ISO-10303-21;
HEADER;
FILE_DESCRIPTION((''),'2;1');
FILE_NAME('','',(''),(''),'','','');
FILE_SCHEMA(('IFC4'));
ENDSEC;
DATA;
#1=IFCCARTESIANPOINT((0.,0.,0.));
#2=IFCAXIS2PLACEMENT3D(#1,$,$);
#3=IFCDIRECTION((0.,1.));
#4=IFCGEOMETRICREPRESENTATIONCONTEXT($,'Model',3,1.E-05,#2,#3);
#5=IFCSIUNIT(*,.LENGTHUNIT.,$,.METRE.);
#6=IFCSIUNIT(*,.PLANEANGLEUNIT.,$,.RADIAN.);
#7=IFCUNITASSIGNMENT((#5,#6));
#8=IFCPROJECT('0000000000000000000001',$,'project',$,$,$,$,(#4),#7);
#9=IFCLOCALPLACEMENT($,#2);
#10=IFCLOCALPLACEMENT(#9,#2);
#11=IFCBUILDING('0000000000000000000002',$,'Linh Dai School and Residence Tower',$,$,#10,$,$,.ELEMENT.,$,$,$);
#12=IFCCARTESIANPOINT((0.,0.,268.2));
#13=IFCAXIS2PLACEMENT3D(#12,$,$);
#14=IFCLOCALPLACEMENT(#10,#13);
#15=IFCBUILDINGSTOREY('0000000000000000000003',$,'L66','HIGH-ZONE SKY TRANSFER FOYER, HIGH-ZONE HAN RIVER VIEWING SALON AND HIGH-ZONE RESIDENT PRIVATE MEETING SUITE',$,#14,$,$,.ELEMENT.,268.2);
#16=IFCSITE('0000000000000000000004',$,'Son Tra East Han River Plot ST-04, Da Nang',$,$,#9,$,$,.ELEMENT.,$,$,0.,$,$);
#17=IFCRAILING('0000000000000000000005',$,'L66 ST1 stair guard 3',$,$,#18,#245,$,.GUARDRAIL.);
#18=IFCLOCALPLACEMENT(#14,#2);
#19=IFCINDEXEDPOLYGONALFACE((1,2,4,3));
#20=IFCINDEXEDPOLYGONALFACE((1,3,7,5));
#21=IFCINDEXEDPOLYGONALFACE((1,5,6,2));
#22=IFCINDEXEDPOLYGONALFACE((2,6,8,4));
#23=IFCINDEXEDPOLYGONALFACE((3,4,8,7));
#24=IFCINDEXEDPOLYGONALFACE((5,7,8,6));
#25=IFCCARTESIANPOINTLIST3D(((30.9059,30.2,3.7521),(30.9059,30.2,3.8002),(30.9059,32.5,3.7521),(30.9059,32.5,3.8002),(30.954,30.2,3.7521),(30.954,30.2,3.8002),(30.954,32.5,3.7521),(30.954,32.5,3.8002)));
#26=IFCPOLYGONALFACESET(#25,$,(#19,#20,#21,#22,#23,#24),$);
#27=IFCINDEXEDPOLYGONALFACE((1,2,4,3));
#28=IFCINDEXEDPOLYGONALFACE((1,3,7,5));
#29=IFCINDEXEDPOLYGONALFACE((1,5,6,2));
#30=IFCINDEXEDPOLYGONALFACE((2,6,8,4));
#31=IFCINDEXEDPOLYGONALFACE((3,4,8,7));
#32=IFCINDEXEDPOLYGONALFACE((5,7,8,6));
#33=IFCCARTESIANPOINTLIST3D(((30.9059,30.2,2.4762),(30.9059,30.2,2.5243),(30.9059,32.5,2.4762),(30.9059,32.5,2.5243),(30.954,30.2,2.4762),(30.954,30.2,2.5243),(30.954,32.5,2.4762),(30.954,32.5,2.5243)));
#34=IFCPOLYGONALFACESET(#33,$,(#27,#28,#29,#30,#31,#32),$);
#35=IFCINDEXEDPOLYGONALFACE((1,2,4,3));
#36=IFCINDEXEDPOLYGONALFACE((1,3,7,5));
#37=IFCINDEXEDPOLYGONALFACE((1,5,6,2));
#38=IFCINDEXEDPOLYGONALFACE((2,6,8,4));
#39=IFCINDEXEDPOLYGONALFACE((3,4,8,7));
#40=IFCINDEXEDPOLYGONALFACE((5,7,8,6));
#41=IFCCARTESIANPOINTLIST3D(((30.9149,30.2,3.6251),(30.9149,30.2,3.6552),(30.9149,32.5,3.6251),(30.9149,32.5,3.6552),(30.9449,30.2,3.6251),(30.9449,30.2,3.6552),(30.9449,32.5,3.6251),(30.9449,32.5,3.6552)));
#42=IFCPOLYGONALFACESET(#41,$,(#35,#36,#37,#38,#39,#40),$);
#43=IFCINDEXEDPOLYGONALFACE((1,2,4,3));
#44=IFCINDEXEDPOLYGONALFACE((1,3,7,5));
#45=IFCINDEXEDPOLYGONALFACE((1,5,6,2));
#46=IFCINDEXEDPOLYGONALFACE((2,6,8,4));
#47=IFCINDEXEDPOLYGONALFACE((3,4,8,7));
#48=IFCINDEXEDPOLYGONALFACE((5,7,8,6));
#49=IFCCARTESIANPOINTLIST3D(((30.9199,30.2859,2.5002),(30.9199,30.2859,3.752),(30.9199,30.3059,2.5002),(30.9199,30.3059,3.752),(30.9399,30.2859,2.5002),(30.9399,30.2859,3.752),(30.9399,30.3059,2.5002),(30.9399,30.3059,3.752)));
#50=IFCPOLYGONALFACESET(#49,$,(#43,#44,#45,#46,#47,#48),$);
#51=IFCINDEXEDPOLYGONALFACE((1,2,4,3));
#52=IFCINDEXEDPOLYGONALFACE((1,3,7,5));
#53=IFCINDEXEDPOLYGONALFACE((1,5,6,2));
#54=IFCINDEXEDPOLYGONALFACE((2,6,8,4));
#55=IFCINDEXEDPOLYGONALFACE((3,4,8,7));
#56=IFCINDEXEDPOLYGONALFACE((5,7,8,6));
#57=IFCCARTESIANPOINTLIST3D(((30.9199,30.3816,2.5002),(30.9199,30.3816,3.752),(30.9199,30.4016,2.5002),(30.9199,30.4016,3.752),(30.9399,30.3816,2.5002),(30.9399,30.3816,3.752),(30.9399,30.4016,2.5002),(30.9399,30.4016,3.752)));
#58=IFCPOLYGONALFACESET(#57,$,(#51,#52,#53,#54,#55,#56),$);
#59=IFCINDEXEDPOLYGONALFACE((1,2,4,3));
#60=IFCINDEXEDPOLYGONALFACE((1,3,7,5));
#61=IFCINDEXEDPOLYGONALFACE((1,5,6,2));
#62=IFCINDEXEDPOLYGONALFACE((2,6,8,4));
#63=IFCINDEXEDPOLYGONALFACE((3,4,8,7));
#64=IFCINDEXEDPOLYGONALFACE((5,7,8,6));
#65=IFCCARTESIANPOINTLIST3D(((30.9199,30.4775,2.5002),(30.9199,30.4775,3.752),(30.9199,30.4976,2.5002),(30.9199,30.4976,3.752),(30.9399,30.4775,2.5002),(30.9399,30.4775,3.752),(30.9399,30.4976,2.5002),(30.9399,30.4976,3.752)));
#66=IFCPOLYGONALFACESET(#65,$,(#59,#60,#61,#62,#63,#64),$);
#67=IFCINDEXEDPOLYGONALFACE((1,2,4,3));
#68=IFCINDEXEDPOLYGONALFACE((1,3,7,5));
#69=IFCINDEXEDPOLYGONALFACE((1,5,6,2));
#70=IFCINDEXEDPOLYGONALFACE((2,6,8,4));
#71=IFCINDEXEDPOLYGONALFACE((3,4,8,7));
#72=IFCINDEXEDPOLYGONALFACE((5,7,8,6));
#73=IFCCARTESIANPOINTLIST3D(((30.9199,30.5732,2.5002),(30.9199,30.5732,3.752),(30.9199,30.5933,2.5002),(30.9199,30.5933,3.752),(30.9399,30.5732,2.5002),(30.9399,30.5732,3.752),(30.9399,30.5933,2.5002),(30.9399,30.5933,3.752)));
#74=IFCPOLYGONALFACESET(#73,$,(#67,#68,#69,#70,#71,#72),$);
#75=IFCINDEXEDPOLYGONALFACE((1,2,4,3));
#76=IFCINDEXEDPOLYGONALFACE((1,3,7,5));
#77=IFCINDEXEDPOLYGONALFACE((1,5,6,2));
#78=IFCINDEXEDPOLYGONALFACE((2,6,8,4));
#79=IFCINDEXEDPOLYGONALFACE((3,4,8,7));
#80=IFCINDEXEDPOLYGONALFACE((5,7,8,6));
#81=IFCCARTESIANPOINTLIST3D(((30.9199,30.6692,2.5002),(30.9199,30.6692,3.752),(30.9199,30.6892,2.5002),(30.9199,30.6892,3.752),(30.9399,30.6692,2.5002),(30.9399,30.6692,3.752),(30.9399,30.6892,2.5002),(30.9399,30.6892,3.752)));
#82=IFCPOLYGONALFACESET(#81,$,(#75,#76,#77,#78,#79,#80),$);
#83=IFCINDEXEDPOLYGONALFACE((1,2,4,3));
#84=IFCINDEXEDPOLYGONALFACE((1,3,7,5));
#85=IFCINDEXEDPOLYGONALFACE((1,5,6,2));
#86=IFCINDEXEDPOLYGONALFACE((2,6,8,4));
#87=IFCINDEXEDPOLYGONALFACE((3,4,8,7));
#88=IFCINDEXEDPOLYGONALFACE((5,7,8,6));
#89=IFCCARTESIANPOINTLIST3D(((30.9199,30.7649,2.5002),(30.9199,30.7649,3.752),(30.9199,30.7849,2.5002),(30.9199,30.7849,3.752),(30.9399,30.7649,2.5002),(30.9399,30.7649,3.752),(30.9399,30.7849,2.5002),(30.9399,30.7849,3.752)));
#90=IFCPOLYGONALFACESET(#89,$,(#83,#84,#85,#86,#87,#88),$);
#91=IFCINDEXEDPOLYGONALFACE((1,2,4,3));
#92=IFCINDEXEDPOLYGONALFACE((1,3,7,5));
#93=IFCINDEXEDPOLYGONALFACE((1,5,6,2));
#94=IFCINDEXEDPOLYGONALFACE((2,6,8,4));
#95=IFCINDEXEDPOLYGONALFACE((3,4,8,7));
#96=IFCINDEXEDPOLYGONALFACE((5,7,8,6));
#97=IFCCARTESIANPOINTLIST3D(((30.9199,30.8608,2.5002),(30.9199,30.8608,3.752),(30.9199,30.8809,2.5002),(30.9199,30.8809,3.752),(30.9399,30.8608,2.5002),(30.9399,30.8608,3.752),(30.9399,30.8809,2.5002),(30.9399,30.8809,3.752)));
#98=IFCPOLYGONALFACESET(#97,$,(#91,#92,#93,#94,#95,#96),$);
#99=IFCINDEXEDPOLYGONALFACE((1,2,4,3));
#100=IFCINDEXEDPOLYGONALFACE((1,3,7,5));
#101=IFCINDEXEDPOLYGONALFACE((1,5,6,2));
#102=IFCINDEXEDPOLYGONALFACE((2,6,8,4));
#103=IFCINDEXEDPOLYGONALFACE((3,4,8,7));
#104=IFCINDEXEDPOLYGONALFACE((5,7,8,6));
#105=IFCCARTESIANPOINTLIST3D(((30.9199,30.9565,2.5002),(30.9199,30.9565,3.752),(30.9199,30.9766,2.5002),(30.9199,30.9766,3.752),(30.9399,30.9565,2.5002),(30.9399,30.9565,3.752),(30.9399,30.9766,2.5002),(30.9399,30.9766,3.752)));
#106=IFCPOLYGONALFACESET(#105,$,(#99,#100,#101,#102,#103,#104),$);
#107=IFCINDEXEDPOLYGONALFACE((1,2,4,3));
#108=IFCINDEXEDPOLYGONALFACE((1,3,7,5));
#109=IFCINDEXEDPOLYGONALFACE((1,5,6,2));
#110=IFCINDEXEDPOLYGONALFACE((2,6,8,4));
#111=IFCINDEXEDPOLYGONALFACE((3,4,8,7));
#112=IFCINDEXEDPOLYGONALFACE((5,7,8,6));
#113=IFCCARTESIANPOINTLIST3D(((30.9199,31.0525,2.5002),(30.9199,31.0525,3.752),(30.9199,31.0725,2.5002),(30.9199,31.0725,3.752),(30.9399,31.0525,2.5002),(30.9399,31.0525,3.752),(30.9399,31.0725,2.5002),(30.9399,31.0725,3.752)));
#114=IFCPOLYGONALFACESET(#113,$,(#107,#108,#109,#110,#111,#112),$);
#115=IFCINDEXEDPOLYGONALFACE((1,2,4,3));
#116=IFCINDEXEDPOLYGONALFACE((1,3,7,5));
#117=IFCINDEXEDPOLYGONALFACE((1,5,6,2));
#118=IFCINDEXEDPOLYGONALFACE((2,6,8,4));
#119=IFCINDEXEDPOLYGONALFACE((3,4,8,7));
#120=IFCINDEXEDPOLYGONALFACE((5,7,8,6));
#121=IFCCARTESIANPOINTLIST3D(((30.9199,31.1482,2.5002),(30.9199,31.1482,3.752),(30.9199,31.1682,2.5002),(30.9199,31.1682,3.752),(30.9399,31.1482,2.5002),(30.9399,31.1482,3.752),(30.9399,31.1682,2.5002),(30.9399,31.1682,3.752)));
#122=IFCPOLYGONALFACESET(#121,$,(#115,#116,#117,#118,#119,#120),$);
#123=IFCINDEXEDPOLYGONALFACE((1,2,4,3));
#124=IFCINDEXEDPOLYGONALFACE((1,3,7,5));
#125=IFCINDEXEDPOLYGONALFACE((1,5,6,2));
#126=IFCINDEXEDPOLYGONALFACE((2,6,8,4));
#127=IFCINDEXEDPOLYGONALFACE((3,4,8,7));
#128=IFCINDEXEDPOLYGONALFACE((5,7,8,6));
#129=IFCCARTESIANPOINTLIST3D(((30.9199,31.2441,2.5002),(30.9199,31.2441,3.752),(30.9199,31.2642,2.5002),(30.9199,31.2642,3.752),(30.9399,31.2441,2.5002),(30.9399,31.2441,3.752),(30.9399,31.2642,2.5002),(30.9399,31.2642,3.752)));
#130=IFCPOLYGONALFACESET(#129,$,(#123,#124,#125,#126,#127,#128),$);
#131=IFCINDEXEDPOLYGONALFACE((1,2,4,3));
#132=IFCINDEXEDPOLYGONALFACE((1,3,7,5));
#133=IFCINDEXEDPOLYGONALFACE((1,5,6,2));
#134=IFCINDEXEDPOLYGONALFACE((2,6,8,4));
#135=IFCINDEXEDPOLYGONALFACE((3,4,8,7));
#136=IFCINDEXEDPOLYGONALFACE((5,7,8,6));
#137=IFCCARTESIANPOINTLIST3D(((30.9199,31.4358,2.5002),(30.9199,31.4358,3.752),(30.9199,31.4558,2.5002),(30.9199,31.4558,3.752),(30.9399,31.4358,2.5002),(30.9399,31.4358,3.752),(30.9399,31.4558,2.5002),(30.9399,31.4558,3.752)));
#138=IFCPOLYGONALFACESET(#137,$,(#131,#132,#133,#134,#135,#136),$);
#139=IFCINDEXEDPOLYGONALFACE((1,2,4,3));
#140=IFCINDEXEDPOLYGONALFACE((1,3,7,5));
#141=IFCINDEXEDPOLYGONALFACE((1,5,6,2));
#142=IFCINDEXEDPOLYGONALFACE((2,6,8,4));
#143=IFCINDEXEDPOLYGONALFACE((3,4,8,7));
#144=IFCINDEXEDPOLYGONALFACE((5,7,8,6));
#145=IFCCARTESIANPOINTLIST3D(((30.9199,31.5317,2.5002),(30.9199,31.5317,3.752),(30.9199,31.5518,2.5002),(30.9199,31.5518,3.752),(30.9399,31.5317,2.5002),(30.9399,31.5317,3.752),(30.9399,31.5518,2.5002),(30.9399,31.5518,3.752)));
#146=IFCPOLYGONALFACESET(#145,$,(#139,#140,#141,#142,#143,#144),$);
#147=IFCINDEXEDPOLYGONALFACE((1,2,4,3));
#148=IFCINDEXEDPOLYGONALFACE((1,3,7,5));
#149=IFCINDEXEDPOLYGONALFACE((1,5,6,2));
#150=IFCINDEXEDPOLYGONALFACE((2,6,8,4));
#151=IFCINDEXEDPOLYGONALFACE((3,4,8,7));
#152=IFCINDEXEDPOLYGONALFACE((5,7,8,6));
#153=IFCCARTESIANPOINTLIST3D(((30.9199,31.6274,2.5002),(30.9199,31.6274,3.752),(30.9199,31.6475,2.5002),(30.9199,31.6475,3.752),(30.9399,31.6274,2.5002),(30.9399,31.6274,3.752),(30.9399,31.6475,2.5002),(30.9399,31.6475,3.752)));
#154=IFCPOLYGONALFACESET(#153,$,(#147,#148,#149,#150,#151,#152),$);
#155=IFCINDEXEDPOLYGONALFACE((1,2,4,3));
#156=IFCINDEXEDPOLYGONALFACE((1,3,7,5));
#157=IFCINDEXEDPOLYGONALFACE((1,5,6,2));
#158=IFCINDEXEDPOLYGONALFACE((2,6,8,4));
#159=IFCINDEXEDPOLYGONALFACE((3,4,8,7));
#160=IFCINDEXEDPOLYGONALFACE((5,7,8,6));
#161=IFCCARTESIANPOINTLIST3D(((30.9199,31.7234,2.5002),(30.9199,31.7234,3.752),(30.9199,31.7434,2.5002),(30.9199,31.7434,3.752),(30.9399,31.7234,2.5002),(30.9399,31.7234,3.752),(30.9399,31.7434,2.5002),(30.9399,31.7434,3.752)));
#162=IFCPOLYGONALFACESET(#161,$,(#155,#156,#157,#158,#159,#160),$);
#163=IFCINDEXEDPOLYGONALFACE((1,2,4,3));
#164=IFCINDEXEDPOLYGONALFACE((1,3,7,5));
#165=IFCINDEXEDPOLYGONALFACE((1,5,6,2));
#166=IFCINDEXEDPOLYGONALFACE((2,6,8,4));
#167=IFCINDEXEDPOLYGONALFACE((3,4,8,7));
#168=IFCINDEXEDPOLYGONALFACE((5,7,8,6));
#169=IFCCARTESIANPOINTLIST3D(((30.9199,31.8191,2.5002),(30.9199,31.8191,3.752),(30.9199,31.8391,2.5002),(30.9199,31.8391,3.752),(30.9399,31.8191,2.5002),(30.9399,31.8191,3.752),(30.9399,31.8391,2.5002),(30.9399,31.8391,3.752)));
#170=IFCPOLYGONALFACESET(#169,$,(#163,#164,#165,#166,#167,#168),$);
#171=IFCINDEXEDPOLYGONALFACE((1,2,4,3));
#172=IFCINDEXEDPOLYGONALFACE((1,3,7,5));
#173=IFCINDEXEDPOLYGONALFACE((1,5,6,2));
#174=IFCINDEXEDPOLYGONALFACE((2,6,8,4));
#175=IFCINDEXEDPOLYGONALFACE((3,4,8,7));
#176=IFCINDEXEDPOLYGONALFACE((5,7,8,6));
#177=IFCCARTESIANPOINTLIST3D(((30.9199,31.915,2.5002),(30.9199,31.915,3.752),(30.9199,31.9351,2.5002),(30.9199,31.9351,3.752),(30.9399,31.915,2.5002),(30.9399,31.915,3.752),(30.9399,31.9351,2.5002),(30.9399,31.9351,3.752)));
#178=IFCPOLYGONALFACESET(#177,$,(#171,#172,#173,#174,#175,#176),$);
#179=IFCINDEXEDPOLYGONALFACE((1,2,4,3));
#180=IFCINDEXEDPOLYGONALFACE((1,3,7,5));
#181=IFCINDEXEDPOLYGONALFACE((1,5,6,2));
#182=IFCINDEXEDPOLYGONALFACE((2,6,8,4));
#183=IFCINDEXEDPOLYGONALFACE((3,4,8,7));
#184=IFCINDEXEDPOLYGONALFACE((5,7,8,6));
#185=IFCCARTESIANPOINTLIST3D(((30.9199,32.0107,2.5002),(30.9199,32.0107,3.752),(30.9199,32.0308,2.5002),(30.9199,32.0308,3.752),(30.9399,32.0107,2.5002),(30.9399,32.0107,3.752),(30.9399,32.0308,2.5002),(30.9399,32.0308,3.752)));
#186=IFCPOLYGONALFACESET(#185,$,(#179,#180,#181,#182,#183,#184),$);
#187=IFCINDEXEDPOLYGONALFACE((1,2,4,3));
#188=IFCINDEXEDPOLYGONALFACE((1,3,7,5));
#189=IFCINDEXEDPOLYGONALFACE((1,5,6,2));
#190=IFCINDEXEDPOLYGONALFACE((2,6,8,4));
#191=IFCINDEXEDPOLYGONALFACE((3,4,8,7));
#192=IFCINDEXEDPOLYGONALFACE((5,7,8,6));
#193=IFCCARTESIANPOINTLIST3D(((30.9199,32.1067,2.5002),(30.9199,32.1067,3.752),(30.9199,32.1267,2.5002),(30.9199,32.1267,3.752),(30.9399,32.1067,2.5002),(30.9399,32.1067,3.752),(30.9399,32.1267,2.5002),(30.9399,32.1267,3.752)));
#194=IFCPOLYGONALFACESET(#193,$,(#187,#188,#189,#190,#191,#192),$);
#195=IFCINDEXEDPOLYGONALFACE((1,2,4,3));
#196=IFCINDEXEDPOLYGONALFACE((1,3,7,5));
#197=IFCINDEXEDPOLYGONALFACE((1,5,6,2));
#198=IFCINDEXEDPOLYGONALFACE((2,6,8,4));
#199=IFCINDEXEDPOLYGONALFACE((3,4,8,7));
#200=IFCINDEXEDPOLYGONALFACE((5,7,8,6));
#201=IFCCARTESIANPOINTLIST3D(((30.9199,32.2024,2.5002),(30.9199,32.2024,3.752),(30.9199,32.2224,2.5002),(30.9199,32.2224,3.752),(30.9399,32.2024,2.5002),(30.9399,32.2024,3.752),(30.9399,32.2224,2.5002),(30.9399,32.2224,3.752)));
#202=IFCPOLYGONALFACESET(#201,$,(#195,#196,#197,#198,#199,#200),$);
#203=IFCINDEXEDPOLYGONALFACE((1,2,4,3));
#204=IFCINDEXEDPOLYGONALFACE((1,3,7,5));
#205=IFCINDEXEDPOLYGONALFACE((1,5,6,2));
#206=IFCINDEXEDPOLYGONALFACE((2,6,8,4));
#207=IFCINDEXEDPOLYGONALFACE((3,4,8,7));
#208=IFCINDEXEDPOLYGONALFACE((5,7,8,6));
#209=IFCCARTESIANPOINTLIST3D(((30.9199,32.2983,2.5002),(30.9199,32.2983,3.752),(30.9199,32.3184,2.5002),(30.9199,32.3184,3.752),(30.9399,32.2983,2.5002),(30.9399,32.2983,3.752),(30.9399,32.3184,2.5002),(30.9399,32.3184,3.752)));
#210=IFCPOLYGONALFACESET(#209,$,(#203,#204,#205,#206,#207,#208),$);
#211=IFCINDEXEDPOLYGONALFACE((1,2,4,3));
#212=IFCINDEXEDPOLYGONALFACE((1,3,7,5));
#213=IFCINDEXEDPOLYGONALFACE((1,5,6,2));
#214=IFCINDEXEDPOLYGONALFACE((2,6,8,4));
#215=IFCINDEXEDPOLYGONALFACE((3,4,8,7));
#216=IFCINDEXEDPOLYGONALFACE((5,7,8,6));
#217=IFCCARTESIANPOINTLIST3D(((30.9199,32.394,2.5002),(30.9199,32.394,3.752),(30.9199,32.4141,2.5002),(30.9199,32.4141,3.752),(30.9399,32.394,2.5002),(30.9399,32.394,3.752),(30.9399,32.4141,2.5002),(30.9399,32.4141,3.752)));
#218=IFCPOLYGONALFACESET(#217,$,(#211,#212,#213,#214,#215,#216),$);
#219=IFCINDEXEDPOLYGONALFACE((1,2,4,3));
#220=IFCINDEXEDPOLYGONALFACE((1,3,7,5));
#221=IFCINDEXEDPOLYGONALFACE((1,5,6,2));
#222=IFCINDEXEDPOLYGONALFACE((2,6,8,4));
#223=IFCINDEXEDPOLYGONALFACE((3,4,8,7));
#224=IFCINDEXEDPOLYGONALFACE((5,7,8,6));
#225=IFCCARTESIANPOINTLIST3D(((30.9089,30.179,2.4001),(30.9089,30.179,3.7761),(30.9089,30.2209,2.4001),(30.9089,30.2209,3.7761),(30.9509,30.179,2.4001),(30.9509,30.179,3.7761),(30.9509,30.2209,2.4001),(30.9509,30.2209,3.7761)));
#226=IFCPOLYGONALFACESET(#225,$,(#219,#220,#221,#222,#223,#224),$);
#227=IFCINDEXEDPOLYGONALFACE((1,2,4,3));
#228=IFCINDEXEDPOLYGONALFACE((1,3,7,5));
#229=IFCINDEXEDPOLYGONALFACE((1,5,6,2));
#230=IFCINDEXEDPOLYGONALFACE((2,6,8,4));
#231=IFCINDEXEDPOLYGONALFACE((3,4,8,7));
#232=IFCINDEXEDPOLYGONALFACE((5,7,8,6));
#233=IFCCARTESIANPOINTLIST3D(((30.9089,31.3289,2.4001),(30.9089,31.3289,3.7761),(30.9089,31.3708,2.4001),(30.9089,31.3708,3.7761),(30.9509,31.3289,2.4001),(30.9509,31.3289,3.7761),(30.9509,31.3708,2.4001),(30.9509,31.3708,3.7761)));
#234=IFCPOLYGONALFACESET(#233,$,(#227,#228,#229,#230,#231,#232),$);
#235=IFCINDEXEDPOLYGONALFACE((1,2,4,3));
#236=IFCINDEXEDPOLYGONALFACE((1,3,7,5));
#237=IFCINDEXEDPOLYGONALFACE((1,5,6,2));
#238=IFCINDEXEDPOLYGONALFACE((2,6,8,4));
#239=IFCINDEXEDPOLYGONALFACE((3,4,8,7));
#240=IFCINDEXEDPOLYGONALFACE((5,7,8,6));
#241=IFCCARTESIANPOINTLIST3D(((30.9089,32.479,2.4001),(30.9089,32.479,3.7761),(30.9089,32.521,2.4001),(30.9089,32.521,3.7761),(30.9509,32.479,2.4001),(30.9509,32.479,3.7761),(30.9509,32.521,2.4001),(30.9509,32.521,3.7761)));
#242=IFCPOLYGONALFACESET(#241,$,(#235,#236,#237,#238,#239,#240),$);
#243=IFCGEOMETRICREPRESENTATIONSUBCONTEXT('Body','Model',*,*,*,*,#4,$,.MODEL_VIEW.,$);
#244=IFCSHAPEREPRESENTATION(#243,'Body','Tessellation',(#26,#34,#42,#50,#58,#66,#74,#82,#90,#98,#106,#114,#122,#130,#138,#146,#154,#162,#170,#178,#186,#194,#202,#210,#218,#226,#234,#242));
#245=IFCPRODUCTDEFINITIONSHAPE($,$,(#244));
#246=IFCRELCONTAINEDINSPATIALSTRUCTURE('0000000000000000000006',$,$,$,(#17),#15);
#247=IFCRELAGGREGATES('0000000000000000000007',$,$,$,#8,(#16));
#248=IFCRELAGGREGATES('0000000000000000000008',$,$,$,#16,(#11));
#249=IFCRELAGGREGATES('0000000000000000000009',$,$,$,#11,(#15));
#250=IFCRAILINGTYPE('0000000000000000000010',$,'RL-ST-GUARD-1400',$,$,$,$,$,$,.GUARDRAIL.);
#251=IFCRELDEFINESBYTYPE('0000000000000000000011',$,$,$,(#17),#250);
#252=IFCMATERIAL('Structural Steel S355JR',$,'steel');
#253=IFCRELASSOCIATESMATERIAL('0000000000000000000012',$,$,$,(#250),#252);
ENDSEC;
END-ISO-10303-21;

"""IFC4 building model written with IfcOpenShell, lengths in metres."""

from ifc_helpers import new_model, si_unit, direction, frame, origin, origin_2d, place, context, subcontext, project, spatial, rectangle, extrude, source, transform, mapped, material, type_object, element, save


model = new_model("IFC4")

# Units and contexts
model_context = context("Model", 3, precision=1e-05, world=origin(), true_north=direction((0.0, 1.0)))
body_context = subcontext(model_context, "Body", "Model", "MODEL_VIEW")
ifc_project = project(units=[si_unit("LENGTHUNIT", "METRE"), si_unit("PLANEANGLEUNIT", "RADIAN")], contexts=[model_context])

# Site, building, storey
site_placement = place(None, origin())
site = spatial("IfcSite", under=ifc_project, at=site_placement, Name="Son Tra East Han River Plot ST-04, Da Nang", CompositionType="ELEMENT", RefElevation=0.0)
building_placement = place(site_placement, origin())
building = spatial("IfcBuilding", under=site, at=building_placement, Name="Linh Dai School and Residence Tower", CompositionType="ELEMENT")
storey_placement = place(building_placement, frame((0.0, 0.0, 268.2)))
storey = spatial("IfcBuildingStorey", under=building, at=storey_placement, Name="L66", Description="HIGH-ZONE SKY TRANSFER FOYER, HIGH-ZONE HAN RIVER VIEWING SALON AND HIGH-ZONE RESIDENT PRIVATE MEETING SUITE", CompositionType="ELEMENT", Elevation=268.2)

# Shared definitions
ifc_material_1 = material(Name="Structural Steel S355JR", Category="steel")

# Railing
railing_type_1 = type_object("IfcRailingType", Name="RL-ST-GUARD-1400", PredefinedType="GUARDRAIL", material=ifc_material_1)
shared_shape_1 = source(origin(), body_context, "Body", "SweptSolid", [
    extrude(rectangle(XDim=0.0481, YDim=0.0481, at=origin_2d()), frame((0.0, 0.0, 1.376), z_axis=(0.0, 1.0, 0.0), x_axis=(-1.0, 0.0, 0.0)), (0.0, 0.0, 1.0), 2.3),
    extrude(rectangle(XDim=0.0481, YDim=0.0481, at=origin_2d()), frame((0.0, 0.0, 0.1001), z_axis=(0.0, 1.0, 0.0), x_axis=(-1.0, 0.0, 0.0)), (0.0, 0.0, 1.0), 2.3),
    extrude(rectangle(XDim=0.03, YDim=0.03, at=origin_2d()), frame((0.0, 0.0, 1.24), z_axis=(0.0, 1.0, 0.0), x_axis=(-1.0, 0.0, 0.0)), (0.0, 0.0, 1.0), 2.3),
    extrude(rectangle(XDim=0.02, YDim=0.02, at=origin_2d()), frame((0.0, 0.0959, 0.1001)), (0.0, 0.0, 1.0), 1.2517),
    extrude(rectangle(XDim=0.02, YDim=0.02, at=origin_2d()), frame((0.0, 0.1917, 0.1001)), (0.0, 0.0, 1.0), 1.2517),
    extrude(rectangle(XDim=0.02, YDim=0.02, at=origin_2d()), frame((0.0, 0.2876, 0.1001)), (0.0, 0.0, 1.0), 1.2517),
    extrude(rectangle(XDim=0.02, YDim=0.02, at=origin_2d()), frame((0.0, 0.3833, 0.1001)), (0.0, 0.0, 1.0), 1.2517),
    extrude(rectangle(XDim=0.02, YDim=0.02, at=origin_2d()), frame((0.0, 0.4792, 0.1001)), (0.0, 0.0, 1.0), 1.2517),
    extrude(rectangle(XDim=0.02, YDim=0.02, at=origin_2d()), frame((0.0, 0.575, 0.1001)), (0.0, 0.0, 1.0), 1.2517),
    extrude(rectangle(XDim=0.02, YDim=0.02, at=origin_2d()), frame((0.0, 0.6709, 0.1001)), (0.0, 0.0, 1.0), 1.2517),
    extrude(rectangle(XDim=0.02, YDim=0.02, at=origin_2d()), frame((0.0, 0.7666, 0.1001)), (0.0, 0.0, 1.0), 1.2517),
    extrude(rectangle(XDim=0.02, YDim=0.02, at=origin_2d()), frame((0.0, 0.8625, 0.1001)), (0.0, 0.0, 1.0), 1.2517),
    extrude(rectangle(XDim=0.02, YDim=0.02, at=origin_2d()), frame((0.0, 0.9583, 0.1001)), (0.0, 0.0, 1.0), 1.2517),
    extrude(rectangle(XDim=0.02, YDim=0.02, at=origin_2d()), frame((0.0, 1.0542, 0.1001)), (0.0, 0.0, 1.0), 1.2517),
    extrude(rectangle(XDim=0.02, YDim=0.02, at=origin_2d()), frame((0.0, 1.2458, 0.1001)), (0.0, 0.0, 1.0), 1.2517),
    extrude(rectangle(XDim=0.02, YDim=0.02, at=origin_2d()), frame((0.0, 1.3418, 0.1001)), (0.0, 0.0, 1.0), 1.2517),
    extrude(rectangle(XDim=0.02, YDim=0.02, at=origin_2d()), frame((0.0, 1.4375, 0.1001)), (0.0, 0.0, 1.0), 1.2517),
    extrude(rectangle(XDim=0.02, YDim=0.02, at=origin_2d()), frame((0.0, 1.5334, 0.1001)), (0.0, 0.0, 1.0), 1.2517),
    extrude(rectangle(XDim=0.02, YDim=0.02, at=origin_2d()), frame((0.0, 1.6292, 0.1001)), (0.0, 0.0, 1.0), 1.2517),
    extrude(rectangle(XDim=0.02, YDim=0.02, at=origin_2d()), frame((0.0, 1.7251, 0.1001)), (0.0, 0.0, 1.0), 1.2517),
    extrude(rectangle(XDim=0.02, YDim=0.02, at=origin_2d()), frame((0.0, 1.8208, 0.1001)), (0.0, 0.0, 1.0), 1.2517),
    extrude(rectangle(XDim=0.02, YDim=0.02, at=origin_2d()), frame((0.0, 1.9167, 0.1001)), (0.0, 0.0, 1.0), 1.2517),
    extrude(rectangle(XDim=0.02, YDim=0.02, at=origin_2d()), frame((0.0, 2.0125, 0.1001)), (0.0, 0.0, 1.0), 1.2517),
    extrude(rectangle(XDim=0.02, YDim=0.02, at=origin_2d()), frame((0.0, 2.1084, 0.1001)), (0.0, 0.0, 1.0), 1.2517),
    extrude(rectangle(XDim=0.02, YDim=0.02, at=origin_2d()), frame((0.0, 2.2041, 0.1001)), (0.0, 0.0, 1.0), 1.2517),
    extrude(rectangle(XDim=0.042, YDim=0.042, at=origin_2d()), origin(), (0.0, 0.0, 1.0), 1.376),
    extrude(rectangle(XDim=0.042, YDim=0.042, at=origin_2d()), frame((0.0, 1.1499, 0.0)), (0.0, 0.0, 1.0), 1.376),
    extrude(rectangle(XDim=0.042, YDim=0.042, at=origin_2d()), frame((0.0, 2.3, 0.0)), (0.0, 0.0, 1.0), 1.376),
])
for number, where, name in (
    (1, (30.9299, 30.2, 2.4001), "L66 ST1 stair guard 3"),
):
    element("IfcRailing", number, at=place(storey_placement, frame(where)), inside=storey, type_object=railing_type_1, Name=name, PredefinedType="GUARDRAIL", context=body_context, shape_type="MappedRepresentation", body=[
        mapped(shared_shape_1, transform((0.0, 0.0, 0.0), x_axis=(1.0, 0.0, 0.0), y_axis=(0.0, 1.0, 0.0), z_axis=(0.0, 0.0, 1.0), scale=1.0)),
    ])

save(model, "model.ifc")
